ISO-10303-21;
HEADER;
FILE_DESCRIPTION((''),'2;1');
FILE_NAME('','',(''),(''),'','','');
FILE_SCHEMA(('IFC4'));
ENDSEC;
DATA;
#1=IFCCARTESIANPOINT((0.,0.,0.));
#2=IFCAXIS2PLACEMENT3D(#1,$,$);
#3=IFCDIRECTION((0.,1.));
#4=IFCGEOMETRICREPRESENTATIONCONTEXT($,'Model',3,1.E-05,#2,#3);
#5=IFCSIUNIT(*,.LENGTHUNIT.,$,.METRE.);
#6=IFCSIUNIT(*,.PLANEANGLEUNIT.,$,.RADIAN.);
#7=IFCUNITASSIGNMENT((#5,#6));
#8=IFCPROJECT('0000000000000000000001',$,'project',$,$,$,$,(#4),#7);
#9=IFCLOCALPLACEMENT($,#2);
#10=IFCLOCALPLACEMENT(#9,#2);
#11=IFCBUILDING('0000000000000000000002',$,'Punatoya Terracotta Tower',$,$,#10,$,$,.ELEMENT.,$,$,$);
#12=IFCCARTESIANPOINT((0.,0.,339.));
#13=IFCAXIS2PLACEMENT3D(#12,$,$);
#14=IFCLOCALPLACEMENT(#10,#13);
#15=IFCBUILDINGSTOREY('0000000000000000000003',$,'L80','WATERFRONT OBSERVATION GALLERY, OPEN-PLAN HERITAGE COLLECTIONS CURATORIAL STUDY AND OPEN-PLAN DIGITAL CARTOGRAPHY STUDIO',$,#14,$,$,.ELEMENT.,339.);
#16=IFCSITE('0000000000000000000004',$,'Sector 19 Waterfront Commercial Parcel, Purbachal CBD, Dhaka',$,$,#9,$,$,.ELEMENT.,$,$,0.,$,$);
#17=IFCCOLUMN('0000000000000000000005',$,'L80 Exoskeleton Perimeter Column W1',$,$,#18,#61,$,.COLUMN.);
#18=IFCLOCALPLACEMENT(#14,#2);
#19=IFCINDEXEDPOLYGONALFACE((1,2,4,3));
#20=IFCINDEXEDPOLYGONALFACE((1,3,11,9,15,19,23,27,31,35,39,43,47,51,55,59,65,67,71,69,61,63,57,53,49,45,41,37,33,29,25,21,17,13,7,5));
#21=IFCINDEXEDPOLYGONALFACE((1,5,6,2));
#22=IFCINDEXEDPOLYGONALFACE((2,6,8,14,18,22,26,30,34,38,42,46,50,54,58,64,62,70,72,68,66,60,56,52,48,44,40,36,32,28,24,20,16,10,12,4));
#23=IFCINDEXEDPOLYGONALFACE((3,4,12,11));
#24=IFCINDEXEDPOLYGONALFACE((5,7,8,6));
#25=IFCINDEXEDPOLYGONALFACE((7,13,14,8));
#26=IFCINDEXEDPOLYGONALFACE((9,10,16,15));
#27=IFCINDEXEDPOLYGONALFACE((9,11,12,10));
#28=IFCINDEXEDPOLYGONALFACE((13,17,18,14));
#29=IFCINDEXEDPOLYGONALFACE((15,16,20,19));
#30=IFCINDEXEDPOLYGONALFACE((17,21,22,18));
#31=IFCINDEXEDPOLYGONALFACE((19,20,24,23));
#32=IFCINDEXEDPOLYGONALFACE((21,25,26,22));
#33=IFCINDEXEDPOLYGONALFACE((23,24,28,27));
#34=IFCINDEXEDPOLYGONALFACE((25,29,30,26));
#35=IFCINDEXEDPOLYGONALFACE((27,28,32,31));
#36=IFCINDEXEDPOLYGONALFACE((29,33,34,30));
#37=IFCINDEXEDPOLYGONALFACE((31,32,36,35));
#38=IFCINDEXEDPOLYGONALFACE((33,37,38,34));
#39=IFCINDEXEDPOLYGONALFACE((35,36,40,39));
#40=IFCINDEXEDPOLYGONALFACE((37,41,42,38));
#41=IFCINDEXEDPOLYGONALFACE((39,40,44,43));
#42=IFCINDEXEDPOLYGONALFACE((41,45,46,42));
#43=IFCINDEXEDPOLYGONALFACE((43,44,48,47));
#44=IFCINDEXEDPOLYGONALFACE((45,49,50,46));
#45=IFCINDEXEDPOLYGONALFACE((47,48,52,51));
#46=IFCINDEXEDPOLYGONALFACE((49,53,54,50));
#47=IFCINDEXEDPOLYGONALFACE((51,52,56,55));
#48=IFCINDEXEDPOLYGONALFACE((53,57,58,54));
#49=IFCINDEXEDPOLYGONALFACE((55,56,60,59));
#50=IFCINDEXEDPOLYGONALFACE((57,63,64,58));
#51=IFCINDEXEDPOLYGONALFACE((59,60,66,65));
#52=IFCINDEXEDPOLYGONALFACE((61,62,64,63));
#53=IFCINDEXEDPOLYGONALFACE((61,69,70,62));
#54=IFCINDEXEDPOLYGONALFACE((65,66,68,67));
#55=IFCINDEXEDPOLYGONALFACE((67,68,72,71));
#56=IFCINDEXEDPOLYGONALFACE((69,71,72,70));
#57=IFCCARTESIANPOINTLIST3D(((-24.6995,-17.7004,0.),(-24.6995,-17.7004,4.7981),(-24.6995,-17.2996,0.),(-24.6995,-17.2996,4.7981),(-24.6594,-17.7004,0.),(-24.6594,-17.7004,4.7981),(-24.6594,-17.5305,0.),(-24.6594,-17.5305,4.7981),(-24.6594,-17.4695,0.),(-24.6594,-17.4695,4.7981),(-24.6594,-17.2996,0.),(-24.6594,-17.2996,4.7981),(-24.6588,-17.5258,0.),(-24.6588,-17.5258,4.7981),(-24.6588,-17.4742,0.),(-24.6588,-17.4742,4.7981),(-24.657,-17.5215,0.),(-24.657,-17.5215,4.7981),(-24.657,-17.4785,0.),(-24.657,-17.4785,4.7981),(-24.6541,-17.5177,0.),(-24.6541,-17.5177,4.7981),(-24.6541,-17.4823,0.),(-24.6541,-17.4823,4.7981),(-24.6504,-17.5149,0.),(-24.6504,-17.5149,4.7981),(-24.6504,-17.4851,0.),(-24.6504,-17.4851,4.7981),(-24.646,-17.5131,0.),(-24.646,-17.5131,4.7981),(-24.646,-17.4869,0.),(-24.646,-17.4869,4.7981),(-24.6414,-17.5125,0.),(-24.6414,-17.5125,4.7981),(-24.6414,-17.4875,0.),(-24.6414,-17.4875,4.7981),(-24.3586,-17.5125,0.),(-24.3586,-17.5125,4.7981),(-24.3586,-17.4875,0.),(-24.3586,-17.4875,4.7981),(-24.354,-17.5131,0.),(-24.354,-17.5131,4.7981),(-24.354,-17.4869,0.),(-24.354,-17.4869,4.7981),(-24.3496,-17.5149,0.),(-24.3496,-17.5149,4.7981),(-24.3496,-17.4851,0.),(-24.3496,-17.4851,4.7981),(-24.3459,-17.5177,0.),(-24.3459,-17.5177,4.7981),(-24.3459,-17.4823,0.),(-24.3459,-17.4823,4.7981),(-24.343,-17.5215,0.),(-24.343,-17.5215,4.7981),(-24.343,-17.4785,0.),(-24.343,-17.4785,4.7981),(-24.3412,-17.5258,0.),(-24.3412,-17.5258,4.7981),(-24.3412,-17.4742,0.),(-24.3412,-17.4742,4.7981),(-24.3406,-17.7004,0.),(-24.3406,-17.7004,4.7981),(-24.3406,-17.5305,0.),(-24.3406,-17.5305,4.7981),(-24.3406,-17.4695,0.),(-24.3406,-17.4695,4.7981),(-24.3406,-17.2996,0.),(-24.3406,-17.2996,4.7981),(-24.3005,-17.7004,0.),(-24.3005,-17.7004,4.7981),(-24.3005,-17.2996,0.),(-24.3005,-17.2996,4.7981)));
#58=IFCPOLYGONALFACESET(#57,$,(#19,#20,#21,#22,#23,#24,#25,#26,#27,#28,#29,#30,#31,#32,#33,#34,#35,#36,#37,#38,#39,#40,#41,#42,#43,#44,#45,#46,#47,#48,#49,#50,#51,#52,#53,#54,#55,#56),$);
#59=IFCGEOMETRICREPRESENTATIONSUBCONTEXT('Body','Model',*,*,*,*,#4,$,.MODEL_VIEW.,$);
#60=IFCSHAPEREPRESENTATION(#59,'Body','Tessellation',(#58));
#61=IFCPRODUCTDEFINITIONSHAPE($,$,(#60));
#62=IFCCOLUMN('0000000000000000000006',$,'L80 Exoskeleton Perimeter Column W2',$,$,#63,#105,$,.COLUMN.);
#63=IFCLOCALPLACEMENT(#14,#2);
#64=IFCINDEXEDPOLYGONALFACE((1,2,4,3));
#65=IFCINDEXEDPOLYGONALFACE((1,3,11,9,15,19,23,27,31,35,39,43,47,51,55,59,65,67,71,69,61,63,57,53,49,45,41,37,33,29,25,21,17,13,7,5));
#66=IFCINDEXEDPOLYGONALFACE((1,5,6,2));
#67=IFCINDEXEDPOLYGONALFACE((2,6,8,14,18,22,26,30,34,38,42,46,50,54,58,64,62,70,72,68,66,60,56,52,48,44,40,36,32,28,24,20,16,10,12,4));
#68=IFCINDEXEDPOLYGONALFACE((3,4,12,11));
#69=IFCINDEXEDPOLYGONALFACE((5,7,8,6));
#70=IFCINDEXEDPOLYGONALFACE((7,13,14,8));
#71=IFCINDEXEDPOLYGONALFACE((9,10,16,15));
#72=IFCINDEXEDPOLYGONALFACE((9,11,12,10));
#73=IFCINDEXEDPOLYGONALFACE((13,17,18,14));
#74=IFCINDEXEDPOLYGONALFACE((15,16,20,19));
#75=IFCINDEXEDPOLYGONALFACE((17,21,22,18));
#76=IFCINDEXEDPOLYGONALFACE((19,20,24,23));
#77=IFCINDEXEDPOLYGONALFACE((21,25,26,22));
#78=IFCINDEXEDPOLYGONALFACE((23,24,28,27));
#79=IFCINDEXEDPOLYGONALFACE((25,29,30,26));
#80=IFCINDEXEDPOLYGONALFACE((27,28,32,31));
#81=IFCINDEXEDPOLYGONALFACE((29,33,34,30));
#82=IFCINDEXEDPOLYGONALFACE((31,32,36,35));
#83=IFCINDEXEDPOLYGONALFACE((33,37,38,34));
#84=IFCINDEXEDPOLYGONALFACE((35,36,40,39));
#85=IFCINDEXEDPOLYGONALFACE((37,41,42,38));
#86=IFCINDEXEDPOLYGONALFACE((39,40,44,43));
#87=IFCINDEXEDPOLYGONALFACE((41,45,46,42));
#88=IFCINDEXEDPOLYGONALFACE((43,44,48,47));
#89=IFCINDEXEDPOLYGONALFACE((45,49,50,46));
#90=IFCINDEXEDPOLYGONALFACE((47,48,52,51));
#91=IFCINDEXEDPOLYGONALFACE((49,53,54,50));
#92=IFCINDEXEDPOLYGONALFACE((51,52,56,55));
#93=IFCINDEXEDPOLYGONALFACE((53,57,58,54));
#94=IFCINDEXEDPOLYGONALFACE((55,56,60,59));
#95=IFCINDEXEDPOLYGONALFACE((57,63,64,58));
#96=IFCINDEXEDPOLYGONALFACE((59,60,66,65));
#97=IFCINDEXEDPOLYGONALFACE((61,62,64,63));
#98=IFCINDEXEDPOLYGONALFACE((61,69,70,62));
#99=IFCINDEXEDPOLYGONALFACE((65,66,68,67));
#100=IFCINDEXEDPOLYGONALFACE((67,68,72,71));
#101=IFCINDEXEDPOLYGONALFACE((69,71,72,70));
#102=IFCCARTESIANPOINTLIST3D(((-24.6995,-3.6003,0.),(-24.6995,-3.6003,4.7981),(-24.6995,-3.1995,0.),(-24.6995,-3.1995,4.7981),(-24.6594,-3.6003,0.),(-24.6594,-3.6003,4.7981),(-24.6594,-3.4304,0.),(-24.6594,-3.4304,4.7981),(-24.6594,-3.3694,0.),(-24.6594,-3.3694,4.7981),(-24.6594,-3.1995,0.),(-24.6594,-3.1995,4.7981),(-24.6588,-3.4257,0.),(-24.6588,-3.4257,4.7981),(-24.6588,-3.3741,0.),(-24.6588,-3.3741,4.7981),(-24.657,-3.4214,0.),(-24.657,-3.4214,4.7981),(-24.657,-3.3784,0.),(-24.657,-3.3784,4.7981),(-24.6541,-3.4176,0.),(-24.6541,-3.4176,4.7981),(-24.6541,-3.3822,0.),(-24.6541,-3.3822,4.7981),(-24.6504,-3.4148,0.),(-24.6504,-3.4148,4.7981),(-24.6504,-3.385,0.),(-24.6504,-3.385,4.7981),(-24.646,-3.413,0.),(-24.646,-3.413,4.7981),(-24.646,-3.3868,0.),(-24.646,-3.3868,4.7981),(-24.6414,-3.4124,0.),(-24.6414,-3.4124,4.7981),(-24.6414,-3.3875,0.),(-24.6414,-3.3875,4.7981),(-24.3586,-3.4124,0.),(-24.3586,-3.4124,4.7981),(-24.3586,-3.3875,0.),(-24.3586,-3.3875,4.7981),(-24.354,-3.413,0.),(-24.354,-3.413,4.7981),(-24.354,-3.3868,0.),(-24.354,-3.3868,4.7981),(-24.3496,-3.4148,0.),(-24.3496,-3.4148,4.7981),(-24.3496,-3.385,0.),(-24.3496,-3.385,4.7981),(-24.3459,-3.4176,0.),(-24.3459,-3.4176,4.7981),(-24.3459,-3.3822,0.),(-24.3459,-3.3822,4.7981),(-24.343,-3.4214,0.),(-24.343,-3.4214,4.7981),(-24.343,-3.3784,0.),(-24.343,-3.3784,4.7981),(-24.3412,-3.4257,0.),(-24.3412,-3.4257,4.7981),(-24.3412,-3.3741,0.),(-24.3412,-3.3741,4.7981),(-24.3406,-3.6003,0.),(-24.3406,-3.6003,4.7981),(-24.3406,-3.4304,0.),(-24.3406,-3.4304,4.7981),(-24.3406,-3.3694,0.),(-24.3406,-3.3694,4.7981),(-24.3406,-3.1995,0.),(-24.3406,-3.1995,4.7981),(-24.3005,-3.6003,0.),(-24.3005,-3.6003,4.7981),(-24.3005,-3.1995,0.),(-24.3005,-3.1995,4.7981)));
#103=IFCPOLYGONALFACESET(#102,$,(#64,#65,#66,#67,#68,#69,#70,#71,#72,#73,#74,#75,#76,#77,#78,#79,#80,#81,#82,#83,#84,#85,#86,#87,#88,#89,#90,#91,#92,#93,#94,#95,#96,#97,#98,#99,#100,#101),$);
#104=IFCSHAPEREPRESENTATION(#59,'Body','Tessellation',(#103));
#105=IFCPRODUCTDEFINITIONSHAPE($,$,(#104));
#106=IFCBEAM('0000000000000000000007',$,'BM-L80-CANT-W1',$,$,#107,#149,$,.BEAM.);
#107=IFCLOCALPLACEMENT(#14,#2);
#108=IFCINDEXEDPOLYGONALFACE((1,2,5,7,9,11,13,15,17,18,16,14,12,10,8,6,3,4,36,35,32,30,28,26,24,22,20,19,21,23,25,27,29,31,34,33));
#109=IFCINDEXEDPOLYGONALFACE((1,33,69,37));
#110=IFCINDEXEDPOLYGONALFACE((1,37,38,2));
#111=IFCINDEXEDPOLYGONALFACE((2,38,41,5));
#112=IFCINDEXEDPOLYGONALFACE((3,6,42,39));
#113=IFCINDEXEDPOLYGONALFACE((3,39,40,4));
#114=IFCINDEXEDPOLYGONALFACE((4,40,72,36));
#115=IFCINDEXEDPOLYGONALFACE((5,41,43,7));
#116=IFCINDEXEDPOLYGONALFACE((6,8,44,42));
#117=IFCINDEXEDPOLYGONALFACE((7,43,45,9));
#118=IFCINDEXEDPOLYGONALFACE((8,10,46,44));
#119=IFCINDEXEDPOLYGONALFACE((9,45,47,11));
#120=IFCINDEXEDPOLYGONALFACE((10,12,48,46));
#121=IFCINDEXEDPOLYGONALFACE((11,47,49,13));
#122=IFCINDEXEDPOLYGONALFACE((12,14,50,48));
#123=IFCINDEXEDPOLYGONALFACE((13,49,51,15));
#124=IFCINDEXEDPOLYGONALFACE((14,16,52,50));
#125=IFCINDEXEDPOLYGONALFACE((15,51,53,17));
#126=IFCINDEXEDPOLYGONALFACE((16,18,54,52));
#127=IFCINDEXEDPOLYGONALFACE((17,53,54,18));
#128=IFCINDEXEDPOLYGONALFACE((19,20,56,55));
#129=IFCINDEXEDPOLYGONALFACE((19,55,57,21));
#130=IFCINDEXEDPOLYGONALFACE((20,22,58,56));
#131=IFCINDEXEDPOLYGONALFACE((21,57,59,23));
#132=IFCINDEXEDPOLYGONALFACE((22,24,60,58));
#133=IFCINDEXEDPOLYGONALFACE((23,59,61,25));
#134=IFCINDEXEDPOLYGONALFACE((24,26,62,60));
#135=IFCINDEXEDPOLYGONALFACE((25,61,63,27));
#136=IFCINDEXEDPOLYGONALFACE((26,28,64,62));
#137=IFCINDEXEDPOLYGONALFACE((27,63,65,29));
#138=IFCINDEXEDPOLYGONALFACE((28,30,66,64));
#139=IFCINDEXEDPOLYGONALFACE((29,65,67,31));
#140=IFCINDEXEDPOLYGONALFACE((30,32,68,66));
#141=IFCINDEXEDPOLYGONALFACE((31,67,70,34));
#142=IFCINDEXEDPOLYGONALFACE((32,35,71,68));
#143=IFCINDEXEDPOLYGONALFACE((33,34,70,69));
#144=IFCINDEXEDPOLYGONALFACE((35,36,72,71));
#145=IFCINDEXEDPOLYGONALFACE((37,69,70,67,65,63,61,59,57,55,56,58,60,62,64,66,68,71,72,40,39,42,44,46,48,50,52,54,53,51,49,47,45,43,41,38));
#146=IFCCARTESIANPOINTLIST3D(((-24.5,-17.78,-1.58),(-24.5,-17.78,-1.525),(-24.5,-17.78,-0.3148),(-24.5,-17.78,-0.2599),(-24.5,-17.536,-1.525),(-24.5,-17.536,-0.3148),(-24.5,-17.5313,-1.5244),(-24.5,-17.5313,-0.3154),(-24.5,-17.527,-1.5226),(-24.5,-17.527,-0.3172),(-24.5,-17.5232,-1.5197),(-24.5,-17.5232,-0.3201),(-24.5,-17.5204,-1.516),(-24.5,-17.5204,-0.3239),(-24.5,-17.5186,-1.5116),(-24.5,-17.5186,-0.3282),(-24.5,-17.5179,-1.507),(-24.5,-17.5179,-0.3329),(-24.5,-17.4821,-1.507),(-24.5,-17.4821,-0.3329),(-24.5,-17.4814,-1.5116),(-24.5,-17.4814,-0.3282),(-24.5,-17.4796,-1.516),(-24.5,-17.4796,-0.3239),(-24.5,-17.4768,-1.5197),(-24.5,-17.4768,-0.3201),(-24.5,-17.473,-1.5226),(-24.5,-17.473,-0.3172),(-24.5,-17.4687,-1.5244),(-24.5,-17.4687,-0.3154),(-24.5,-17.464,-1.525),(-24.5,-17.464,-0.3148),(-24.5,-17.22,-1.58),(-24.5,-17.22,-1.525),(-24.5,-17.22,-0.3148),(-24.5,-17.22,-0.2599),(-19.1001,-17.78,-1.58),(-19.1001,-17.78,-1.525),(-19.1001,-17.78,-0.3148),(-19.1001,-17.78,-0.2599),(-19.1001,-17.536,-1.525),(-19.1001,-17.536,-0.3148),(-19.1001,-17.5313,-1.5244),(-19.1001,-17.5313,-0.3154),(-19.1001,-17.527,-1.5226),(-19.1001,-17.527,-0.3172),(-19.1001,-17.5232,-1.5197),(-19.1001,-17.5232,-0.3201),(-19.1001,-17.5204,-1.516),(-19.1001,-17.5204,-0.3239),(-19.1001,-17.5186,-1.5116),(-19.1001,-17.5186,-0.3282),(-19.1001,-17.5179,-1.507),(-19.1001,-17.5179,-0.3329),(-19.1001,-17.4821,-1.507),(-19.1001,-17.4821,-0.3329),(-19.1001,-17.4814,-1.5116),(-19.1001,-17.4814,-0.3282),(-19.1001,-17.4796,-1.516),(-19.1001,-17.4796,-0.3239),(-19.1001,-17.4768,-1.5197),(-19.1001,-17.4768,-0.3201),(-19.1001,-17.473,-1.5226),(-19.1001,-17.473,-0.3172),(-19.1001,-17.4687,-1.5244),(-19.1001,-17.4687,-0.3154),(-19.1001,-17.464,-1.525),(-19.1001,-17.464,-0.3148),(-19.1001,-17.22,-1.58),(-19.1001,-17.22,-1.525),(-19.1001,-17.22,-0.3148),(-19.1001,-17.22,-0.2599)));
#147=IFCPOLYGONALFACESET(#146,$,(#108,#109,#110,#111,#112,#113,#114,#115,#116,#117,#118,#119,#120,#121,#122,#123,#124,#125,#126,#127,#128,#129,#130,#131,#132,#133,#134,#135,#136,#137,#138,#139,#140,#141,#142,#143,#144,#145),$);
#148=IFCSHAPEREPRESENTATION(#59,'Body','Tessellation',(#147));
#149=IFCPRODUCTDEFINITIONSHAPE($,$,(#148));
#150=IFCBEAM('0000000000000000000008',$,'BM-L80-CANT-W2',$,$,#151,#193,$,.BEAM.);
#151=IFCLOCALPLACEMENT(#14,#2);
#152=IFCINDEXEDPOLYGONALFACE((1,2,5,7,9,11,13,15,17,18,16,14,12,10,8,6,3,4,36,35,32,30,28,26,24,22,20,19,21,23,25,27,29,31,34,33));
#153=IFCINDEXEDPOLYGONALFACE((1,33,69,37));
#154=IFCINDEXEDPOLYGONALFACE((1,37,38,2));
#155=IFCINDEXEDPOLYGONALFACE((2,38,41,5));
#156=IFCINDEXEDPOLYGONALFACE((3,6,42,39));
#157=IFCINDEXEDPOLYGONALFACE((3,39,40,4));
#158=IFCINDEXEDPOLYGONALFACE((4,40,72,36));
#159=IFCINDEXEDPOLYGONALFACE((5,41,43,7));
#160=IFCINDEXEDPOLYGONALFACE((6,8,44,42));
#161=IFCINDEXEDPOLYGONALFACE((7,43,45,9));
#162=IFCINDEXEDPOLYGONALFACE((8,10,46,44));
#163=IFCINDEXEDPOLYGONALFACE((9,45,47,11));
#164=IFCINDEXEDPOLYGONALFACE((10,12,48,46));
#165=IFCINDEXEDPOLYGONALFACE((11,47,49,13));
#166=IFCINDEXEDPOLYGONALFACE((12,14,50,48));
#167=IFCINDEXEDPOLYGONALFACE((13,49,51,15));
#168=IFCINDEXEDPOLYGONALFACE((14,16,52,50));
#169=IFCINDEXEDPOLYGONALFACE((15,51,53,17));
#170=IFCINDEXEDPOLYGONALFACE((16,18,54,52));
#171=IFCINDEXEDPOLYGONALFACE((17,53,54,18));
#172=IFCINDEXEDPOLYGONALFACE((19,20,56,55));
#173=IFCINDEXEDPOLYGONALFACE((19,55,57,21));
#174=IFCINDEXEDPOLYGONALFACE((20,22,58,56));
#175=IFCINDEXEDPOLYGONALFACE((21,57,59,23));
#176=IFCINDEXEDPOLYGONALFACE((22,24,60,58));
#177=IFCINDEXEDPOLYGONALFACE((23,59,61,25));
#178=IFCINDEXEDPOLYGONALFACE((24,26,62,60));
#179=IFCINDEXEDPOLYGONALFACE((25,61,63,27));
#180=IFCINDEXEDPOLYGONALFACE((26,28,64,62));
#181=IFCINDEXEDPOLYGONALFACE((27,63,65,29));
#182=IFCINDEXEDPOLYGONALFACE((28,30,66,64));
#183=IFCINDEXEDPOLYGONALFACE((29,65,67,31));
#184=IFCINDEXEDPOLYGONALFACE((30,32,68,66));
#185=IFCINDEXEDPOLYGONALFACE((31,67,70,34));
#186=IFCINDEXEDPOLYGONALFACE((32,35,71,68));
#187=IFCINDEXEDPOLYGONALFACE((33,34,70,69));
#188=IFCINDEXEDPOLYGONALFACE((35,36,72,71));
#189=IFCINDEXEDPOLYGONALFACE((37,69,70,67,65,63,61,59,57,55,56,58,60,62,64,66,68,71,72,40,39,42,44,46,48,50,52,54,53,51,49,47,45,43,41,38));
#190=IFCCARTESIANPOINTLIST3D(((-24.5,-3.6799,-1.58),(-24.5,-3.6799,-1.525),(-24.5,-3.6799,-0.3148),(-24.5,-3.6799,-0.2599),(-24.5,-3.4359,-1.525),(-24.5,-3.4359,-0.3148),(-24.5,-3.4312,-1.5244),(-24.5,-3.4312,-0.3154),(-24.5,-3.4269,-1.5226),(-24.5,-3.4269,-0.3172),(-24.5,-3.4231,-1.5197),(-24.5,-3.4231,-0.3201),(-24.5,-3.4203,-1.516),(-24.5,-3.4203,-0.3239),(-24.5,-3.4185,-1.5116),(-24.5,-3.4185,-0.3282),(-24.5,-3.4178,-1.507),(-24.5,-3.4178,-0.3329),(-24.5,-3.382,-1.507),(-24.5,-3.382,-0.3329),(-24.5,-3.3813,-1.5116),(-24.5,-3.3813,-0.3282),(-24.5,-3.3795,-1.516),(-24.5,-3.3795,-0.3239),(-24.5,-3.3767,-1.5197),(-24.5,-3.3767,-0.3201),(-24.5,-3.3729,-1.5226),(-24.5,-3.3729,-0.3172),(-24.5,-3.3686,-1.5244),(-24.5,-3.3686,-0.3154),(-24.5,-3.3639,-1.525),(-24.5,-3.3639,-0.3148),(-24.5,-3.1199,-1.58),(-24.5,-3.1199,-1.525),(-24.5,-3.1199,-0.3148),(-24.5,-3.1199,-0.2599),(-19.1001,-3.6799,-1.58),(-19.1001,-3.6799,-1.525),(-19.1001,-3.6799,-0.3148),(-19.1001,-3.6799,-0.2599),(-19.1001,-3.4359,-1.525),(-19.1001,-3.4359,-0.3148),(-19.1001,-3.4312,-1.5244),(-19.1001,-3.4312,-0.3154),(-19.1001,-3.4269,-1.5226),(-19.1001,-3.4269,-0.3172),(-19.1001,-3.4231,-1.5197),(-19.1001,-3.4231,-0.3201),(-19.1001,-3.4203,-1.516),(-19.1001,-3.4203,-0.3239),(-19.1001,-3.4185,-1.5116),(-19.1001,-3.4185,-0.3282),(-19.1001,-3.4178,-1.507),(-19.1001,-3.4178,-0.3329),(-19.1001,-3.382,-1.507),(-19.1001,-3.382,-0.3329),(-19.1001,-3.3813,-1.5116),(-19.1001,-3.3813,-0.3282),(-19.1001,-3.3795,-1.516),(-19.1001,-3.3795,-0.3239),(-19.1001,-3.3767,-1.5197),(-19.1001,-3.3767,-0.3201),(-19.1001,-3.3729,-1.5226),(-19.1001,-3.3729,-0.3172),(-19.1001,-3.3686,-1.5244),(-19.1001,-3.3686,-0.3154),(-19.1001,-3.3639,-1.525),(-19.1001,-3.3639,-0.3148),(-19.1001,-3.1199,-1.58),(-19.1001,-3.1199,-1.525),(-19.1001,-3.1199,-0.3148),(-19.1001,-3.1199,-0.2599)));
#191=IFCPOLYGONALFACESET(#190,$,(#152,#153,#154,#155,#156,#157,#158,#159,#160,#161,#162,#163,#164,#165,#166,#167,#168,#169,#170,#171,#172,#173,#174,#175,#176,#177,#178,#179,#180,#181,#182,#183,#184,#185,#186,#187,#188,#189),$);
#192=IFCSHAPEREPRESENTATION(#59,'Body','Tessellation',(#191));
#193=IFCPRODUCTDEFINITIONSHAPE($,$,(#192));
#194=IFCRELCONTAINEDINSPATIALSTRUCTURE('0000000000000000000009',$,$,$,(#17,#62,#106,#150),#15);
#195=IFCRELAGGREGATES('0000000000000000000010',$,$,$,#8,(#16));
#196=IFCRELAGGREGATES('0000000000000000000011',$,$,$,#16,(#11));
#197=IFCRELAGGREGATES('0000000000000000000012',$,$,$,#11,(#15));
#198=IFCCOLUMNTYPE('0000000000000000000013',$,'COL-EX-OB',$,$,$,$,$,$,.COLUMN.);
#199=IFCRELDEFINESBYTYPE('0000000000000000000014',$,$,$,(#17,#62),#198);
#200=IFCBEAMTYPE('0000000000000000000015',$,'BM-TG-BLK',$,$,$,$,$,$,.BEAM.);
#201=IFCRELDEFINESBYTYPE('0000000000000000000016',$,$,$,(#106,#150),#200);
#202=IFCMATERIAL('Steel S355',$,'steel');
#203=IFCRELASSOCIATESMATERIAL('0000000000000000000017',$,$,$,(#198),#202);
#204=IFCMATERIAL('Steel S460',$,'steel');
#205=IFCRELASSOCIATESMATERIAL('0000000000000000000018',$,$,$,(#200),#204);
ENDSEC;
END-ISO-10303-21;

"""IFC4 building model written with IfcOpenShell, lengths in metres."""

from ifc_helpers import new_model, si_unit, direction, frame, origin, origin_2d, place, context, subcontext, project, spatial, i_section, extrude, material, material_profile, profile_set, type_object, element, save


model = new_model("IFC4")

# Units and contexts
model_context = context("Model", 3, precision=1e-05, world=origin(), true_north=direction((0.0, 1.0)))
body_context = subcontext(model_context, "Body", "Model", "MODEL_VIEW")
ifc_project = project(units=[si_unit("LENGTHUNIT", "METRE"), si_unit("PLANEANGLEUNIT", "RADIAN")], contexts=[model_context])

# Site, building, storey
site_placement = place(None, origin())
site = spatial("IfcSite", under=ifc_project, at=site_placement, Name="Sector 19 Waterfront Commercial Parcel, Purbachal CBD, Dhaka", CompositionType="ELEMENT", RefElevation=0.0)
building_placement = place(site_placement, origin())
building = spatial("IfcBuilding", under=site, at=building_placement, Name="Punatoya Terracotta Tower", CompositionType="ELEMENT")
storey_placement = place(building_placement, frame((0.0, 0.0, 339.0)))
storey = spatial("IfcBuildingStorey", under=building, at=storey_placement, Name="L80", Description="WATERFRONT OBSERVATION GALLERY, OPEN-PLAN HERITAGE COLLECTIONS CURATORIAL STUDY AND OPEN-PLAN DIGITAL CARTOGRAPHY STUDIO", CompositionType="ELEMENT", Elevation=339.0)

# Columns
ifc_material_1 = material(Name="Steel S355", Category="steel")
ifc_material_profile_1 = material_profile(ifc_material_1, i_section(OverallWidth=0.4009, OverallDepth=0.3989, WebThickness=0.0249, FlangeThickness=0.04, FilletRadius=0.0181, at=origin_2d()))
ifc_profile_set_1 = profile_set([ifc_material_profile_1], Name="Steel S355")
column_type = type_object("IfcColumnType", Name="COL-EX-OB", PredefinedType="COLUMN", material=ifc_profile_set_1)
for number, where, z_axis, x_axis, name in (
    (1, (-24.5, -17.5, 0.0), (0.0, 0.0, 1.0), (0.0, 1.0, 0.0), "L80 Exoskeleton Perimeter Column W1"),
    (2, (-24.5, -3.3999, 0.0), (0.0, 0.0, 1.0), (0.0, 1.0, 0.0), "L80 Exoskeleton Perimeter Column W2"),
):
    element("IfcColumn", number, at=place(storey_placement, frame(where, z_axis=z_axis, x_axis=x_axis)), inside=storey, type_object=column_type, Name=name, PredefinedType="COLUMN", context=body_context, shape_type="SweptSolid", body=[
        extrude(i_section(OverallWidth=0.4009, OverallDepth=0.3989, WebThickness=0.0249, FlangeThickness=0.04, FilletRadius=0.0181, at=origin_2d()), origin(), (0.0, 0.0, 1.0), 4.7981),
    ])

# Beams
ifc_material_2 = material(Name="Steel S460", Category="steel")
ifc_material_profile_2 = material_profile(ifc_material_2, i_section(OverallWidth=0.5601, OverallDepth=1.3201, WebThickness=0.0359, FlangeThickness=0.0549, FilletRadius=0.0181, at=origin_2d()))
ifc_profile_set_2 = profile_set([ifc_material_profile_2], Name="Steel S460")
beam_type = type_object("IfcBeamType", Name="BM-TG-BLK", PredefinedType="BEAM", material=ifc_profile_set_2)
for number, where, z_axis, x_axis, name in (
    (3, (-24.5, -17.5, -0.9199), (1.0, 0.0, 0.0), (0.0, 1.0, 0.0), "BM-L80-CANT-W1"),
    (4, (-24.5, -3.3999, -0.9199), (1.0, 0.0, 0.0), (0.0, 1.0, 0.0), "BM-L80-CANT-W2"),
):
    element("IfcBeam", number, at=place(storey_placement, frame(where, z_axis=z_axis, x_axis=x_axis)), inside=storey, type_object=beam_type, Name=name, PredefinedType="BEAM", context=body_context, shape_type="SweptSolid", body=[
        extrude(i_section(OverallWidth=0.5601, OverallDepth=1.3201, WebThickness=0.0359, FlangeThickness=0.0549, FilletRadius=0.0181, at=origin_2d()), origin(), (0.0, 0.0, 1.0), 5.3999),
    ])

save(model, "model.ifc")
